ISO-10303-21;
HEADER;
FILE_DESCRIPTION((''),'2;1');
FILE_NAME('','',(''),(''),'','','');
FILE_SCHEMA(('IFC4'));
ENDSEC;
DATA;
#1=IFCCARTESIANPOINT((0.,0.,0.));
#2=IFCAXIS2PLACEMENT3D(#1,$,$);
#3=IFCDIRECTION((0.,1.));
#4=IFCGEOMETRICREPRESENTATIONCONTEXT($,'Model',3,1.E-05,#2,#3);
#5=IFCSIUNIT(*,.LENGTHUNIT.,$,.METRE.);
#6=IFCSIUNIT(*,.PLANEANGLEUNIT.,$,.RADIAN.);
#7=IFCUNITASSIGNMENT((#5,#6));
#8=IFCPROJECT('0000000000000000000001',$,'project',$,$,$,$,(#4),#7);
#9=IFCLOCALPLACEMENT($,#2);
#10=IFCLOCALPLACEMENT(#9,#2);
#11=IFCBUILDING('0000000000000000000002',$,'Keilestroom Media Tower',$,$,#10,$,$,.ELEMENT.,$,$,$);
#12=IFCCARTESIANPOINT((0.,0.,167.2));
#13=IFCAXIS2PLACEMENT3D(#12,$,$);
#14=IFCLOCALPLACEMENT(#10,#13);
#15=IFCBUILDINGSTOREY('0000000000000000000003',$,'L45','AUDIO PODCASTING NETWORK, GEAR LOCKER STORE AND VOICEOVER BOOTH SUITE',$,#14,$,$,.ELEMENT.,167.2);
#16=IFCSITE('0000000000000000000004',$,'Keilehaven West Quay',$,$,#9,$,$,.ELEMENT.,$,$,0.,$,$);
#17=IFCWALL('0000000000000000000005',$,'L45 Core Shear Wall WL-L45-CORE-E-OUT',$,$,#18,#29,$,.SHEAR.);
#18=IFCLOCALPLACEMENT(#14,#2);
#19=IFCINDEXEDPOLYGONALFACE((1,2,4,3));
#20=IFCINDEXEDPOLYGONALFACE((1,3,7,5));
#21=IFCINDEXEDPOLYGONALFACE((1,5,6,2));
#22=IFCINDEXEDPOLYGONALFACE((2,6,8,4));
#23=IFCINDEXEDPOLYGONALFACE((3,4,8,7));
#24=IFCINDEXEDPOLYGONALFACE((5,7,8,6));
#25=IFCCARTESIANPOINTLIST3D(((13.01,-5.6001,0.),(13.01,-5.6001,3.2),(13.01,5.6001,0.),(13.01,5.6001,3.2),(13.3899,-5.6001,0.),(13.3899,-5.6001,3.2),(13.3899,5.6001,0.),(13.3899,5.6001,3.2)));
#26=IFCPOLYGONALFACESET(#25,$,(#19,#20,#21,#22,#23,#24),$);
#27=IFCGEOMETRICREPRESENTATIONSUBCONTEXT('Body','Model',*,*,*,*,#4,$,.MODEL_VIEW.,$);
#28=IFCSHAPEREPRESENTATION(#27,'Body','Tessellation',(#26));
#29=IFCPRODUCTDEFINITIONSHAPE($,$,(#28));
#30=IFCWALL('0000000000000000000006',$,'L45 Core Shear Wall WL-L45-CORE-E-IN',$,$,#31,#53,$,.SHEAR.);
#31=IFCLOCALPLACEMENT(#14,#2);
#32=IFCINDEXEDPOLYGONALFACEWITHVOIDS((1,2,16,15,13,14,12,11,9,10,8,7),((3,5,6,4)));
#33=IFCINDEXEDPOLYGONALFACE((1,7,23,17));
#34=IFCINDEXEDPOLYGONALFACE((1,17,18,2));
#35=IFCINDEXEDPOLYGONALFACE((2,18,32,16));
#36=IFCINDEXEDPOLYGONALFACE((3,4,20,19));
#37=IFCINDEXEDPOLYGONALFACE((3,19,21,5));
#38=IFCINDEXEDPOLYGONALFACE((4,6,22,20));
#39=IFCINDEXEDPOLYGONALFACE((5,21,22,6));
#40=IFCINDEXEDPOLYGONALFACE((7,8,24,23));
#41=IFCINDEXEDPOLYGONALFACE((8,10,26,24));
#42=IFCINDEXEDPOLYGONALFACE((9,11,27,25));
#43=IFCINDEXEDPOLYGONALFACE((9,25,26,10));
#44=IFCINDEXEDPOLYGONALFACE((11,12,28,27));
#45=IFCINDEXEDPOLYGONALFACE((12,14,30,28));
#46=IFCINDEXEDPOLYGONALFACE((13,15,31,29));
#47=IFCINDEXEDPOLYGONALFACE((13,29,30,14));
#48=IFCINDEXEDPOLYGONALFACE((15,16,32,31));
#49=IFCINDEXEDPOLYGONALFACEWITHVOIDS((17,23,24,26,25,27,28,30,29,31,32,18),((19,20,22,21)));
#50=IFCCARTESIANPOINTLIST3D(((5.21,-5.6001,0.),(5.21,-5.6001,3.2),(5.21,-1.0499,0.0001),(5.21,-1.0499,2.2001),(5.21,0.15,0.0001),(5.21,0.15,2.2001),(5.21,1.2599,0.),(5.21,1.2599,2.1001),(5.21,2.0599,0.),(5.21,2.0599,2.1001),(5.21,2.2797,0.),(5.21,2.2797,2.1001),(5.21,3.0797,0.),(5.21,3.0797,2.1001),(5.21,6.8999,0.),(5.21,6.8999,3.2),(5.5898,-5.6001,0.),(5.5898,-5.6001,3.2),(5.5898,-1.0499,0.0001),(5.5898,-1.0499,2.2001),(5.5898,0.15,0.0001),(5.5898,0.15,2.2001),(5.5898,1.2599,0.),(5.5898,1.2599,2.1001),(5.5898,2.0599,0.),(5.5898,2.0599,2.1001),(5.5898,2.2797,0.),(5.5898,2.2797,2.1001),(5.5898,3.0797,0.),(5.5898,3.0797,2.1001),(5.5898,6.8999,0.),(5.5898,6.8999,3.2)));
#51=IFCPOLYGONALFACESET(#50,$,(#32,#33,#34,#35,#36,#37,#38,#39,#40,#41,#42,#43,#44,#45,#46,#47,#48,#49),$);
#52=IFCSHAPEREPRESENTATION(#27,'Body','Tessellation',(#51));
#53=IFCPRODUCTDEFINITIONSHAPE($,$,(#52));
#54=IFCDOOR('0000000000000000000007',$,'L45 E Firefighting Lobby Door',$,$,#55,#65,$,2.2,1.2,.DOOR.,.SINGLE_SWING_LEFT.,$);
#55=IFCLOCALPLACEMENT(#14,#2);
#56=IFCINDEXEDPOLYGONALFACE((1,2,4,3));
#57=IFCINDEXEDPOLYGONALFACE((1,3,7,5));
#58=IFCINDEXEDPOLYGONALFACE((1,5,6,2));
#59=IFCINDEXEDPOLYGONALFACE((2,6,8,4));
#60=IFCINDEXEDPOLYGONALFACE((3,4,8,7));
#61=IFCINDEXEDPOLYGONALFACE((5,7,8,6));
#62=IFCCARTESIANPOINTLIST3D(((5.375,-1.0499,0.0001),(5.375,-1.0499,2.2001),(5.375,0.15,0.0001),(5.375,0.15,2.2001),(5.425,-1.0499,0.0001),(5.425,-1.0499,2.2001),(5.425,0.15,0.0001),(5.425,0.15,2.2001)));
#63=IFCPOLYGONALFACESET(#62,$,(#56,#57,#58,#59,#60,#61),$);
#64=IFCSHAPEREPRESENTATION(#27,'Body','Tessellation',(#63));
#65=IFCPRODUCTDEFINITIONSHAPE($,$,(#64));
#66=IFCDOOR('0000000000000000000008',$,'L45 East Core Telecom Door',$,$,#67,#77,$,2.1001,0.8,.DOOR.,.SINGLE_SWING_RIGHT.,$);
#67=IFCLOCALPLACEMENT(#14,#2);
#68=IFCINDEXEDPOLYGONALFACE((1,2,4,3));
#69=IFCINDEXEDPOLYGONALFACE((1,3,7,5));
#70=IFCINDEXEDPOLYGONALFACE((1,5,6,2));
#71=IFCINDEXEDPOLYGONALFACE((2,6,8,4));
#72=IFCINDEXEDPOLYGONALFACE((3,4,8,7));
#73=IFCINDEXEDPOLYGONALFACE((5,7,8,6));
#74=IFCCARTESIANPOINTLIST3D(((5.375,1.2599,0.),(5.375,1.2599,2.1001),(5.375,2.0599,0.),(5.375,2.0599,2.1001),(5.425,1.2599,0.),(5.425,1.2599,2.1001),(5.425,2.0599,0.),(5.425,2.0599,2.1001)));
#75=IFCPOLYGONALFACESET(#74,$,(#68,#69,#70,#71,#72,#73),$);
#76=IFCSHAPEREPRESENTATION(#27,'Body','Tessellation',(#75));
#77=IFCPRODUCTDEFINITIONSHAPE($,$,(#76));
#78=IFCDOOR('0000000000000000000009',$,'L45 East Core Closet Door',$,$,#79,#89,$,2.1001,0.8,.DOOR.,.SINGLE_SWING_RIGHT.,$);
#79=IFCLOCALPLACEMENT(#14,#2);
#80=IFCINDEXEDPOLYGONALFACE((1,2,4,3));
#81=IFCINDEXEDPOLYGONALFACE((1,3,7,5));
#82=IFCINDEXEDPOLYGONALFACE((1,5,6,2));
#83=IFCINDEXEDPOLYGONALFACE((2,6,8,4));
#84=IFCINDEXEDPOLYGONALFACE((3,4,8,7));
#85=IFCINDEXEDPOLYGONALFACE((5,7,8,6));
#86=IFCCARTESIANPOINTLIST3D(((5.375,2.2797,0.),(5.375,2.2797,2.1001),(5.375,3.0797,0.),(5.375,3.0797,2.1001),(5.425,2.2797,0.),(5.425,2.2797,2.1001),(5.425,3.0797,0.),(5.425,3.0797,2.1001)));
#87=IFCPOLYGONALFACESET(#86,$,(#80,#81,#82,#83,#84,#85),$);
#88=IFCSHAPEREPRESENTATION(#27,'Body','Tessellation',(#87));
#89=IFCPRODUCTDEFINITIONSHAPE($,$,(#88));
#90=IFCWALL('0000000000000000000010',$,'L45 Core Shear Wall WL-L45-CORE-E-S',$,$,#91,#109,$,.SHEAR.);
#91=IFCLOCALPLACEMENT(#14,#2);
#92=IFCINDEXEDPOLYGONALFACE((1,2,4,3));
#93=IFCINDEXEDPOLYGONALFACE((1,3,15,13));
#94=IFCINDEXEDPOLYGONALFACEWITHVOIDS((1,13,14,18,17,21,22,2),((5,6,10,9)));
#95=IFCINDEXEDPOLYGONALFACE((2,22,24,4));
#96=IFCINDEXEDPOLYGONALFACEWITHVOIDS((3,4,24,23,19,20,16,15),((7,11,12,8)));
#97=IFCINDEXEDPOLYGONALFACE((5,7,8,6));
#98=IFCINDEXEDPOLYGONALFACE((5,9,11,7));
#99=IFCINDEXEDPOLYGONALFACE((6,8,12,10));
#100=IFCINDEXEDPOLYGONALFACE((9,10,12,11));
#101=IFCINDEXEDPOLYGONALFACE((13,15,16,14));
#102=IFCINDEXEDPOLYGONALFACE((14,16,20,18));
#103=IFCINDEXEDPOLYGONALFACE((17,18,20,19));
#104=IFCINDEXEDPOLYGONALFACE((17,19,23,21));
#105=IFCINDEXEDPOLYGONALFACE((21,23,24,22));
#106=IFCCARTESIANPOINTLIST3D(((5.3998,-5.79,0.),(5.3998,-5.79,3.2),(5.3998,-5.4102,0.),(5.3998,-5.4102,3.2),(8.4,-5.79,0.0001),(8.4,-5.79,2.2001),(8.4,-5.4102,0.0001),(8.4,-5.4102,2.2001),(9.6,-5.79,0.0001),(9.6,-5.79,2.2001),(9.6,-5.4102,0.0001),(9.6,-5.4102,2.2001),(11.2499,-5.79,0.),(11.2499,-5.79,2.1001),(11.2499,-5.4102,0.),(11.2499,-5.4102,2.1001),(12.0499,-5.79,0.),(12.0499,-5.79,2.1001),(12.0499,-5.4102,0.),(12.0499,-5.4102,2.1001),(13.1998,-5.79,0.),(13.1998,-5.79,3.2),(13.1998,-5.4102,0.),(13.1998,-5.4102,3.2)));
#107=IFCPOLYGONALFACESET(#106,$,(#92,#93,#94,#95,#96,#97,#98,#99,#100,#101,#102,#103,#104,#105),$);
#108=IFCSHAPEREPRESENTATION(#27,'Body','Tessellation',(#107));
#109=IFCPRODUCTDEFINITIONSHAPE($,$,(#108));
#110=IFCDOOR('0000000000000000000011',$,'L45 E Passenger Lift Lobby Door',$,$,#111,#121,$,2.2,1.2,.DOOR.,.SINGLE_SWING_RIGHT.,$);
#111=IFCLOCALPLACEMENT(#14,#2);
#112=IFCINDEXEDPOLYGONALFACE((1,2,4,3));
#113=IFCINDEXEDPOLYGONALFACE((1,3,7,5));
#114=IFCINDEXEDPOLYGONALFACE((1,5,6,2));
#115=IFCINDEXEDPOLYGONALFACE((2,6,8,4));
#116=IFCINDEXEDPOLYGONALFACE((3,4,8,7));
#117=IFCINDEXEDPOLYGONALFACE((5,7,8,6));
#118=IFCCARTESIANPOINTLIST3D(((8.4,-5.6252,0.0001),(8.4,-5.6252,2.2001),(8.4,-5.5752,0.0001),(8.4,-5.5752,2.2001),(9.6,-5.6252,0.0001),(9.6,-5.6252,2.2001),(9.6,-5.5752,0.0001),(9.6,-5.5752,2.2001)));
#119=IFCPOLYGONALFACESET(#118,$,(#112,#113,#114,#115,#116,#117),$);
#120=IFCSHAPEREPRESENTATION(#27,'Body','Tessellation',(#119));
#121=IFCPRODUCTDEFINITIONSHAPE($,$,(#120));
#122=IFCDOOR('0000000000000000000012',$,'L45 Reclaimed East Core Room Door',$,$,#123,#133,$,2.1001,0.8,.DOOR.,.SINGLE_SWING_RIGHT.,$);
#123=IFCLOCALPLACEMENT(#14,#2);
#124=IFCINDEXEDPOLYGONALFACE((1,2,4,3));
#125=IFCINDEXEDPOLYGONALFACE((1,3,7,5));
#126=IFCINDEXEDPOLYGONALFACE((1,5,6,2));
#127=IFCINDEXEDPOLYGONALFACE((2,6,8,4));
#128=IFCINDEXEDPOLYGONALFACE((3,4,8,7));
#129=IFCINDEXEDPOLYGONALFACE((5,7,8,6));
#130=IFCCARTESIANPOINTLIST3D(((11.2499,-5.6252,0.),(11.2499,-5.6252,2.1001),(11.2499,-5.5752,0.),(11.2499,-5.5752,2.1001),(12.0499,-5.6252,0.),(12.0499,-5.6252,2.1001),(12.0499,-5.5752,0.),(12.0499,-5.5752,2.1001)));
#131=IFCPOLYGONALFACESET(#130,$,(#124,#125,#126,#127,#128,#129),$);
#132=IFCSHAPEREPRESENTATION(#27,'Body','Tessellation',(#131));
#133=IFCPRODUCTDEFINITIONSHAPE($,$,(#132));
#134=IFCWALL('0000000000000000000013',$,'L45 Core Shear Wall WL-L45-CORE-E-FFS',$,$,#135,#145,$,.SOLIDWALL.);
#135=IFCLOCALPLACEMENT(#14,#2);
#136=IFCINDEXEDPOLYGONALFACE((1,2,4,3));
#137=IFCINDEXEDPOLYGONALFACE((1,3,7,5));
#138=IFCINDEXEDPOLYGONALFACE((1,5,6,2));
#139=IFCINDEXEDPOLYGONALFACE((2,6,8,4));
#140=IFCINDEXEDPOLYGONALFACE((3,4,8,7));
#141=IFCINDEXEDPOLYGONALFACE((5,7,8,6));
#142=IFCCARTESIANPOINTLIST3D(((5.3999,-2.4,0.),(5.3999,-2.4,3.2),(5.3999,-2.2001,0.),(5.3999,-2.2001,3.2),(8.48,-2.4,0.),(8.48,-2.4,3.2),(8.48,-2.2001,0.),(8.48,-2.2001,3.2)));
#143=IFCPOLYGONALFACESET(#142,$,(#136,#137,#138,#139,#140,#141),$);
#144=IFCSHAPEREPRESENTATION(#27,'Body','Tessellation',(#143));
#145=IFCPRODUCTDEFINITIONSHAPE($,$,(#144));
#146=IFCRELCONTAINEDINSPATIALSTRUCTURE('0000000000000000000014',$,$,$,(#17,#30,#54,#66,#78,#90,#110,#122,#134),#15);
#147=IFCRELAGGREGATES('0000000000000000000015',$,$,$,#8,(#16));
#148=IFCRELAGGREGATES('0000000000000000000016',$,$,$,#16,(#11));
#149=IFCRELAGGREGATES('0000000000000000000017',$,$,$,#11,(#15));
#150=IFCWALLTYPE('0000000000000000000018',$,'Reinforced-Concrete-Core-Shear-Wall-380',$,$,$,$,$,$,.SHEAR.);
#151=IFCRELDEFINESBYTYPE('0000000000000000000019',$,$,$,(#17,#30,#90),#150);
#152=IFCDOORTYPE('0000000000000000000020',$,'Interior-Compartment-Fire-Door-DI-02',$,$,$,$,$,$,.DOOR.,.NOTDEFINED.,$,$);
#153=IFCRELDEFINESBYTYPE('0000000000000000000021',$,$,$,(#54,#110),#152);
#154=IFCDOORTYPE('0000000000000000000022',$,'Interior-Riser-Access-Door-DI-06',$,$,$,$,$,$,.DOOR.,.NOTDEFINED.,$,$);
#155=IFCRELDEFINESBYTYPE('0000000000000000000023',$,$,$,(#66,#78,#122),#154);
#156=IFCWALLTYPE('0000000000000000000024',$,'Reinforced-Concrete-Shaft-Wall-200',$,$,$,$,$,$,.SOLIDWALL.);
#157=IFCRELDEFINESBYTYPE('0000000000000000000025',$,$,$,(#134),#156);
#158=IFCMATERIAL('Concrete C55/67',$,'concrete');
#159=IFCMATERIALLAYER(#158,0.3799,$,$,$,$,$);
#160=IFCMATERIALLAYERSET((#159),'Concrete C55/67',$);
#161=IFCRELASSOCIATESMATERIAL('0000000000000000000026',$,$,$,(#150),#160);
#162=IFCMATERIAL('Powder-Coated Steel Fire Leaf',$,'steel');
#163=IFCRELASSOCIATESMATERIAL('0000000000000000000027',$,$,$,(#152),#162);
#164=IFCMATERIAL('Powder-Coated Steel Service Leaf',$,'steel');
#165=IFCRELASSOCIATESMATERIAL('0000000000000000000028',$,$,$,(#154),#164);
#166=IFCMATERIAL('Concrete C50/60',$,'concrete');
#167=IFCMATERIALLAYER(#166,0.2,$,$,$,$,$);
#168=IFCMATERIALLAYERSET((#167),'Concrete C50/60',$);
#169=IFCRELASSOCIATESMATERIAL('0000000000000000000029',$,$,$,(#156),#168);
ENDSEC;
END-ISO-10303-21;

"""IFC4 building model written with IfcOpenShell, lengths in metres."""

from ifc_helpers import new_model, si_unit, direction, frame, frame_2d, origin, place, context, subcontext, project, spatial, rectangle, extrude, source, transform, mapped, material, layer, layer_set, type_object, element, fill, save


model = new_model("IFC4")

# Units and contexts
model_context = context("Model", 3, precision=1e-05, world=origin(), true_north=direction((0.0, 1.0)))
body_context = subcontext(model_context, "Body", "Model", "MODEL_VIEW")
ifc_project = project(units=[si_unit("LENGTHUNIT", "METRE"), si_unit("PLANEANGLEUNIT", "RADIAN")], contexts=[model_context])

# Site, building, storey
site_placement = place(None, origin())
site = spatial("IfcSite", under=ifc_project, at=site_placement, Name="Keilehaven West Quay", CompositionType="ELEMENT", RefElevation=0.0)
building_placement = place(site_placement, origin())
building = spatial("IfcBuilding", under=site, at=building_placement, Name="Keilestroom Media Tower", CompositionType="ELEMENT")
storey_placement = place(building_placement, frame((0.0, 0.0, 167.2)))
storey = spatial("IfcBuildingStorey", under=building, at=storey_placement, Name="L45", Description="AUDIO PODCASTING NETWORK, GEAR LOCKER STORE AND VOICEOVER BOOTH SUITE", CompositionType="ELEMENT", Elevation=167.2)

# Wall
ifc_material_1 = material(Name="Concrete C55/67", Category="concrete")
ifc_layer_1 = layer(ifc_material_1, 0.3799)
ifc_layer_set_1 = layer_set([ifc_layer_1], Name="Concrete C55/67")
wall_type_1 = type_object("IfcWallType", Name="Reinforced-Concrete-Core-Shear-Wall-380", PredefinedType="SHEAR", material=ifc_layer_set_1)
wall_1_placement = place(storey_placement, frame((13.2, -5.6001, 0.0), z_axis=(0.0, 0.0, 1.0), x_axis=(0.0, 1.0, 0.0)))
element("IfcWall", 1, at=wall_1_placement, inside=storey, type_object=wall_type_1, Name="L45 Core Shear Wall WL-L45-CORE-E-OUT", PredefinedType="SHEAR", context=body_context, shape_type="SweptSolid", body=[
    extrude(rectangle(XDim=11.2002, YDim=0.3799, at=frame_2d((5.6001, 0.0))), origin(), (0.0, 0.0, 1.0), 3.2),
])

# Walls, openings, doors
wall_2_placement = place(storey_placement, frame((5.3999, -5.6001, 0.0), z_axis=(0.0, 0.0, 1.0), x_axis=(0.0, 1.0, 0.0)))
wall_2 = element("IfcWall", 2, at=wall_2_placement, inside=storey, type_object=wall_type_1, Name="L45 Core Shear Wall WL-L45-CORE-E-IN", PredefinedType="SHEAR", context=body_context, shape_type="SweptSolid", body=[
    extrude(rectangle(XDim=12.5, YDim=0.3799, at=frame_2d((6.25, 0.0))), origin(), (0.0, 0.0, 1.0), 3.2),
])
opening_1_placement = place(wall_2_placement, frame((4.55, 0.0, 0.0)))
opening_1 = element("IfcOpeningElement", 3, at=opening_1_placement, cuts=wall_2, PredefinedType="OPENING", context=body_context, shape_type="SweptSolid", body=[
    extrude(rectangle(XDim=1.2, YDim=2.2, at=frame_2d((0.6001, 1.1001))), frame((0.0, 0.2, 0.0), z_axis=(0.0, -1.0, 0.0), x_axis=(1.0, 0.0, 0.0)), (0.0, 0.0, 1.0), 0.3999),
])
opening_2_placement = place(wall_2_placement, frame((6.8601, 0.0, 0.0)))
opening_2 = element("IfcOpeningElement", 4, at=opening_2_placement, cuts=wall_2, PredefinedType="OPENING", context=body_context, shape_type="SweptSolid", body=[
    extrude(rectangle(XDim=0.8, YDim=2.1001, at=frame_2d((0.3999, 1.05))), frame((0.0, 0.2, 0.0), z_axis=(0.0, -1.0, 0.0), x_axis=(1.0, 0.0, 0.0)), (0.0, 0.0, 1.0), 0.3999),
])
opening_3_placement = place(wall_2_placement, frame((7.8799, 0.0, 0.0)))
opening_3 = element("IfcOpeningElement", 5, at=opening_3_placement, cuts=wall_2, PredefinedType="OPENING", context=body_context, shape_type="SweptSolid", body=[
    extrude(rectangle(XDim=0.8, YDim=2.1001, at=frame_2d((0.3999, 1.05))), frame((0.0, 0.2, 0.0), z_axis=(0.0, -1.0, 0.0), x_axis=(1.0, 0.0, 0.0)), (0.0, 0.0, 1.0), 0.3999),
])
ifc_material_2 = material(Name="Powder-Coated Steel Fire Leaf", Category="steel")
door_type_1 = type_object("IfcDoorType", Name="Interior-Compartment-Fire-Door-DI-02", OperationType="NOTDEFINED", PredefinedType="DOOR", material=ifc_material_2)
shared_shape_1 = source(origin(), body_context, "Body", "SweptSolid", [
    extrude(rectangle(XDim=1.2, YDim=2.2, at=frame_2d((0.6001, 1.1001))), frame((0.0, 0.0249, 0.0), z_axis=(0.0, -1.0, 0.0), x_axis=(1.0, 0.0, 0.0)), (0.0, 0.0, 1.0), 0.05),
])
door_1_placement = place(opening_1_placement, origin())
door_1 = element("IfcDoor", 6, at=door_1_placement, inside=storey, type_object=door_type_1, Name="L45 E Firefighting Lobby Door", OperationType="SINGLE_SWING_LEFT", OverallHeight=2.2, OverallWidth=1.2, PredefinedType="DOOR", context=body_context, shape_type="MappedRepresentation", body=[
    mapped(shared_shape_1, transform((0.0, 0.0, 0.0), x_axis=(1.0, 0.0, 0.0), y_axis=(0.0, 1.0, 0.0), z_axis=(0.0, 0.0, 1.0), scale=1.0)),
])
fill(opening_1, door_1)
ifc_material_3 = material(Name="Powder-Coated Steel Service Leaf", Category="steel")
door_type_2 = type_object("IfcDoorType", Name="Interior-Riser-Access-Door-DI-06", OperationType="NOTDEFINED", PredefinedType="DOOR", material=ifc_material_3)
shared_shape_2 = source(origin(), body_context, "Body", "SweptSolid", [
    extrude(rectangle(XDim=0.8, YDim=2.1001, at=frame_2d((0.3999, 1.05))), frame((0.0, 0.0249, 0.0), z_axis=(0.0, -1.0, 0.0), x_axis=(1.0, 0.0, 0.0)), (0.0, 0.0, 1.0), 0.05),
])
door_2_placement = place(opening_2_placement, origin())
door_2 = element("IfcDoor", 7, at=door_2_placement, inside=storey, type_object=door_type_2, Name="L45 East Core Telecom Door", OperationType="SINGLE_SWING_RIGHT", OverallHeight=2.1001, OverallWidth=0.8, PredefinedType="DOOR", context=body_context, shape_type="MappedRepresentation", body=[
    mapped(shared_shape_2, transform((0.0, 0.0, 0.0), x_axis=(1.0, 0.0, 0.0), y_axis=(0.0, 1.0, 0.0), z_axis=(0.0, 0.0, 1.0), scale=1.0)),
])
fill(opening_2, door_2)
door_3_placement = place(opening_3_placement, origin())
door_3 = element("IfcDoor", 8, at=door_3_placement, inside=storey, type_object=door_type_2, Name="L45 East Core Closet Door", OperationType="SINGLE_SWING_RIGHT", OverallHeight=2.1001, OverallWidth=0.8, PredefinedType="DOOR", context=body_context, shape_type="MappedRepresentation", body=[
    mapped(shared_shape_2, transform((0.0, 0.0, 0.0), x_axis=(1.0, 0.0, 0.0), y_axis=(0.0, 1.0, 0.0), z_axis=(0.0, 0.0, 1.0), scale=1.0)),
])
fill(opening_3, door_3)
wall_3_placement = place(storey_placement, frame((5.3999, -5.6001, 0.0), z_axis=(0.0, 0.0, 1.0), x_axis=(1.0, 0.0, 0.0)))
wall_3 = element("IfcWall", 9, at=wall_3_placement, inside=storey, type_object=wall_type_1, Name="L45 Core Shear Wall WL-L45-CORE-E-S", PredefinedType="SHEAR", context=body_context, shape_type="SweptSolid", body=[
    extrude(rectangle(XDim=7.8, YDim=0.3799, at=frame_2d((3.8999, 0.0))), origin(), (0.0, 0.0, 1.0), 3.2),
])
opening_4_placement = place(wall_3_placement, frame((3.0, 0.0, 0.0)))
opening_4 = element("IfcOpeningElement", 10, at=opening_4_placement, cuts=wall_3, PredefinedType="OPENING", context=body_context, shape_type="SweptSolid", body=[
    extrude(rectangle(XDim=1.2, YDim=2.2, at=frame_2d((0.6001, 1.1001))), frame((0.0, 0.2, 0.0), z_axis=(0.0, -1.0, 0.0), x_axis=(1.0, 0.0, 0.0)), (0.0, 0.0, 1.0), 0.3999),
])
opening_5_placement = place(wall_3_placement, frame((5.8501, 0.0, 0.0)))
opening_5 = element("IfcOpeningElement", 11, at=opening_5_placement, cuts=wall_3, PredefinedType="OPENING", context=body_context, shape_type="SweptSolid", body=[
    extrude(rectangle(XDim=0.8, YDim=2.1001, at=frame_2d((0.3999, 1.05))), frame((0.0, 0.2, 0.0), z_axis=(0.0, -1.0, 0.0), x_axis=(1.0, 0.0, 0.0)), (0.0, 0.0, 1.0), 0.3999),
])
door_4_placement = place(opening_4_placement, origin())
door_4 = element("IfcDoor", 12, at=door_4_placement, inside=storey, type_object=door_type_1, Name="L45 E Passenger Lift Lobby Door", OperationType="SINGLE_SWING_RIGHT", OverallHeight=2.2, OverallWidth=1.2, PredefinedType="DOOR", context=body_context, shape_type="MappedRepresentation", body=[
    mapped(shared_shape_1, transform((0.0, 0.0, 0.0), x_axis=(1.0, 0.0, 0.0), y_axis=(0.0, 1.0, 0.0), z_axis=(0.0, 0.0, 1.0), scale=1.0)),
])
fill(opening_4, door_4)
door_5_placement = place(opening_5_placement, origin())
door_5 = element("IfcDoor", 13, at=door_5_placement, inside=storey, type_object=door_type_2, Name="L45 Reclaimed East Core Room Door", OperationType="SINGLE_SWING_RIGHT", OverallHeight=2.1001, OverallWidth=0.8, PredefinedType="DOOR", context=body_context, shape_type="MappedRepresentation", body=[
    mapped(shared_shape_2, transform((0.0, 0.0, 0.0), x_axis=(1.0, 0.0, 0.0), y_axis=(0.0, 1.0, 0.0), z_axis=(0.0, 0.0, 1.0), scale=1.0)),
])
fill(opening_5, door_5)

# Wall
ifc_material_4 = material(Name="Concrete C50/60", Category="concrete")
ifc_layer_2 = layer(ifc_material_4, 0.2)
ifc_layer_set_2 = layer_set([ifc_layer_2], Name="Concrete C50/60")
wall_type_2 = type_object("IfcWallType", Name="Reinforced-Concrete-Shaft-Wall-200", PredefinedType="SOLIDWALL", material=ifc_layer_set_2)
wall_4_placement = place(storey_placement, frame((5.3999, -2.3, 0.0), z_axis=(0.0, 0.0, 1.0), x_axis=(1.0, 0.0, 0.0)))
element("IfcWall", 14, at=wall_4_placement, inside=storey, type_object=wall_type_2, Name="L45 Core Shear Wall WL-L45-CORE-E-FFS", PredefinedType="SOLIDWALL", context=body_context, shape_type="SweptSolid", body=[
    extrude(rectangle(XDim=3.0801, YDim=0.2, at=frame_2d((1.54, 0.0))), origin(), (0.0, 0.0, 1.0), 3.2),
])

save(model, "model.ifc")
